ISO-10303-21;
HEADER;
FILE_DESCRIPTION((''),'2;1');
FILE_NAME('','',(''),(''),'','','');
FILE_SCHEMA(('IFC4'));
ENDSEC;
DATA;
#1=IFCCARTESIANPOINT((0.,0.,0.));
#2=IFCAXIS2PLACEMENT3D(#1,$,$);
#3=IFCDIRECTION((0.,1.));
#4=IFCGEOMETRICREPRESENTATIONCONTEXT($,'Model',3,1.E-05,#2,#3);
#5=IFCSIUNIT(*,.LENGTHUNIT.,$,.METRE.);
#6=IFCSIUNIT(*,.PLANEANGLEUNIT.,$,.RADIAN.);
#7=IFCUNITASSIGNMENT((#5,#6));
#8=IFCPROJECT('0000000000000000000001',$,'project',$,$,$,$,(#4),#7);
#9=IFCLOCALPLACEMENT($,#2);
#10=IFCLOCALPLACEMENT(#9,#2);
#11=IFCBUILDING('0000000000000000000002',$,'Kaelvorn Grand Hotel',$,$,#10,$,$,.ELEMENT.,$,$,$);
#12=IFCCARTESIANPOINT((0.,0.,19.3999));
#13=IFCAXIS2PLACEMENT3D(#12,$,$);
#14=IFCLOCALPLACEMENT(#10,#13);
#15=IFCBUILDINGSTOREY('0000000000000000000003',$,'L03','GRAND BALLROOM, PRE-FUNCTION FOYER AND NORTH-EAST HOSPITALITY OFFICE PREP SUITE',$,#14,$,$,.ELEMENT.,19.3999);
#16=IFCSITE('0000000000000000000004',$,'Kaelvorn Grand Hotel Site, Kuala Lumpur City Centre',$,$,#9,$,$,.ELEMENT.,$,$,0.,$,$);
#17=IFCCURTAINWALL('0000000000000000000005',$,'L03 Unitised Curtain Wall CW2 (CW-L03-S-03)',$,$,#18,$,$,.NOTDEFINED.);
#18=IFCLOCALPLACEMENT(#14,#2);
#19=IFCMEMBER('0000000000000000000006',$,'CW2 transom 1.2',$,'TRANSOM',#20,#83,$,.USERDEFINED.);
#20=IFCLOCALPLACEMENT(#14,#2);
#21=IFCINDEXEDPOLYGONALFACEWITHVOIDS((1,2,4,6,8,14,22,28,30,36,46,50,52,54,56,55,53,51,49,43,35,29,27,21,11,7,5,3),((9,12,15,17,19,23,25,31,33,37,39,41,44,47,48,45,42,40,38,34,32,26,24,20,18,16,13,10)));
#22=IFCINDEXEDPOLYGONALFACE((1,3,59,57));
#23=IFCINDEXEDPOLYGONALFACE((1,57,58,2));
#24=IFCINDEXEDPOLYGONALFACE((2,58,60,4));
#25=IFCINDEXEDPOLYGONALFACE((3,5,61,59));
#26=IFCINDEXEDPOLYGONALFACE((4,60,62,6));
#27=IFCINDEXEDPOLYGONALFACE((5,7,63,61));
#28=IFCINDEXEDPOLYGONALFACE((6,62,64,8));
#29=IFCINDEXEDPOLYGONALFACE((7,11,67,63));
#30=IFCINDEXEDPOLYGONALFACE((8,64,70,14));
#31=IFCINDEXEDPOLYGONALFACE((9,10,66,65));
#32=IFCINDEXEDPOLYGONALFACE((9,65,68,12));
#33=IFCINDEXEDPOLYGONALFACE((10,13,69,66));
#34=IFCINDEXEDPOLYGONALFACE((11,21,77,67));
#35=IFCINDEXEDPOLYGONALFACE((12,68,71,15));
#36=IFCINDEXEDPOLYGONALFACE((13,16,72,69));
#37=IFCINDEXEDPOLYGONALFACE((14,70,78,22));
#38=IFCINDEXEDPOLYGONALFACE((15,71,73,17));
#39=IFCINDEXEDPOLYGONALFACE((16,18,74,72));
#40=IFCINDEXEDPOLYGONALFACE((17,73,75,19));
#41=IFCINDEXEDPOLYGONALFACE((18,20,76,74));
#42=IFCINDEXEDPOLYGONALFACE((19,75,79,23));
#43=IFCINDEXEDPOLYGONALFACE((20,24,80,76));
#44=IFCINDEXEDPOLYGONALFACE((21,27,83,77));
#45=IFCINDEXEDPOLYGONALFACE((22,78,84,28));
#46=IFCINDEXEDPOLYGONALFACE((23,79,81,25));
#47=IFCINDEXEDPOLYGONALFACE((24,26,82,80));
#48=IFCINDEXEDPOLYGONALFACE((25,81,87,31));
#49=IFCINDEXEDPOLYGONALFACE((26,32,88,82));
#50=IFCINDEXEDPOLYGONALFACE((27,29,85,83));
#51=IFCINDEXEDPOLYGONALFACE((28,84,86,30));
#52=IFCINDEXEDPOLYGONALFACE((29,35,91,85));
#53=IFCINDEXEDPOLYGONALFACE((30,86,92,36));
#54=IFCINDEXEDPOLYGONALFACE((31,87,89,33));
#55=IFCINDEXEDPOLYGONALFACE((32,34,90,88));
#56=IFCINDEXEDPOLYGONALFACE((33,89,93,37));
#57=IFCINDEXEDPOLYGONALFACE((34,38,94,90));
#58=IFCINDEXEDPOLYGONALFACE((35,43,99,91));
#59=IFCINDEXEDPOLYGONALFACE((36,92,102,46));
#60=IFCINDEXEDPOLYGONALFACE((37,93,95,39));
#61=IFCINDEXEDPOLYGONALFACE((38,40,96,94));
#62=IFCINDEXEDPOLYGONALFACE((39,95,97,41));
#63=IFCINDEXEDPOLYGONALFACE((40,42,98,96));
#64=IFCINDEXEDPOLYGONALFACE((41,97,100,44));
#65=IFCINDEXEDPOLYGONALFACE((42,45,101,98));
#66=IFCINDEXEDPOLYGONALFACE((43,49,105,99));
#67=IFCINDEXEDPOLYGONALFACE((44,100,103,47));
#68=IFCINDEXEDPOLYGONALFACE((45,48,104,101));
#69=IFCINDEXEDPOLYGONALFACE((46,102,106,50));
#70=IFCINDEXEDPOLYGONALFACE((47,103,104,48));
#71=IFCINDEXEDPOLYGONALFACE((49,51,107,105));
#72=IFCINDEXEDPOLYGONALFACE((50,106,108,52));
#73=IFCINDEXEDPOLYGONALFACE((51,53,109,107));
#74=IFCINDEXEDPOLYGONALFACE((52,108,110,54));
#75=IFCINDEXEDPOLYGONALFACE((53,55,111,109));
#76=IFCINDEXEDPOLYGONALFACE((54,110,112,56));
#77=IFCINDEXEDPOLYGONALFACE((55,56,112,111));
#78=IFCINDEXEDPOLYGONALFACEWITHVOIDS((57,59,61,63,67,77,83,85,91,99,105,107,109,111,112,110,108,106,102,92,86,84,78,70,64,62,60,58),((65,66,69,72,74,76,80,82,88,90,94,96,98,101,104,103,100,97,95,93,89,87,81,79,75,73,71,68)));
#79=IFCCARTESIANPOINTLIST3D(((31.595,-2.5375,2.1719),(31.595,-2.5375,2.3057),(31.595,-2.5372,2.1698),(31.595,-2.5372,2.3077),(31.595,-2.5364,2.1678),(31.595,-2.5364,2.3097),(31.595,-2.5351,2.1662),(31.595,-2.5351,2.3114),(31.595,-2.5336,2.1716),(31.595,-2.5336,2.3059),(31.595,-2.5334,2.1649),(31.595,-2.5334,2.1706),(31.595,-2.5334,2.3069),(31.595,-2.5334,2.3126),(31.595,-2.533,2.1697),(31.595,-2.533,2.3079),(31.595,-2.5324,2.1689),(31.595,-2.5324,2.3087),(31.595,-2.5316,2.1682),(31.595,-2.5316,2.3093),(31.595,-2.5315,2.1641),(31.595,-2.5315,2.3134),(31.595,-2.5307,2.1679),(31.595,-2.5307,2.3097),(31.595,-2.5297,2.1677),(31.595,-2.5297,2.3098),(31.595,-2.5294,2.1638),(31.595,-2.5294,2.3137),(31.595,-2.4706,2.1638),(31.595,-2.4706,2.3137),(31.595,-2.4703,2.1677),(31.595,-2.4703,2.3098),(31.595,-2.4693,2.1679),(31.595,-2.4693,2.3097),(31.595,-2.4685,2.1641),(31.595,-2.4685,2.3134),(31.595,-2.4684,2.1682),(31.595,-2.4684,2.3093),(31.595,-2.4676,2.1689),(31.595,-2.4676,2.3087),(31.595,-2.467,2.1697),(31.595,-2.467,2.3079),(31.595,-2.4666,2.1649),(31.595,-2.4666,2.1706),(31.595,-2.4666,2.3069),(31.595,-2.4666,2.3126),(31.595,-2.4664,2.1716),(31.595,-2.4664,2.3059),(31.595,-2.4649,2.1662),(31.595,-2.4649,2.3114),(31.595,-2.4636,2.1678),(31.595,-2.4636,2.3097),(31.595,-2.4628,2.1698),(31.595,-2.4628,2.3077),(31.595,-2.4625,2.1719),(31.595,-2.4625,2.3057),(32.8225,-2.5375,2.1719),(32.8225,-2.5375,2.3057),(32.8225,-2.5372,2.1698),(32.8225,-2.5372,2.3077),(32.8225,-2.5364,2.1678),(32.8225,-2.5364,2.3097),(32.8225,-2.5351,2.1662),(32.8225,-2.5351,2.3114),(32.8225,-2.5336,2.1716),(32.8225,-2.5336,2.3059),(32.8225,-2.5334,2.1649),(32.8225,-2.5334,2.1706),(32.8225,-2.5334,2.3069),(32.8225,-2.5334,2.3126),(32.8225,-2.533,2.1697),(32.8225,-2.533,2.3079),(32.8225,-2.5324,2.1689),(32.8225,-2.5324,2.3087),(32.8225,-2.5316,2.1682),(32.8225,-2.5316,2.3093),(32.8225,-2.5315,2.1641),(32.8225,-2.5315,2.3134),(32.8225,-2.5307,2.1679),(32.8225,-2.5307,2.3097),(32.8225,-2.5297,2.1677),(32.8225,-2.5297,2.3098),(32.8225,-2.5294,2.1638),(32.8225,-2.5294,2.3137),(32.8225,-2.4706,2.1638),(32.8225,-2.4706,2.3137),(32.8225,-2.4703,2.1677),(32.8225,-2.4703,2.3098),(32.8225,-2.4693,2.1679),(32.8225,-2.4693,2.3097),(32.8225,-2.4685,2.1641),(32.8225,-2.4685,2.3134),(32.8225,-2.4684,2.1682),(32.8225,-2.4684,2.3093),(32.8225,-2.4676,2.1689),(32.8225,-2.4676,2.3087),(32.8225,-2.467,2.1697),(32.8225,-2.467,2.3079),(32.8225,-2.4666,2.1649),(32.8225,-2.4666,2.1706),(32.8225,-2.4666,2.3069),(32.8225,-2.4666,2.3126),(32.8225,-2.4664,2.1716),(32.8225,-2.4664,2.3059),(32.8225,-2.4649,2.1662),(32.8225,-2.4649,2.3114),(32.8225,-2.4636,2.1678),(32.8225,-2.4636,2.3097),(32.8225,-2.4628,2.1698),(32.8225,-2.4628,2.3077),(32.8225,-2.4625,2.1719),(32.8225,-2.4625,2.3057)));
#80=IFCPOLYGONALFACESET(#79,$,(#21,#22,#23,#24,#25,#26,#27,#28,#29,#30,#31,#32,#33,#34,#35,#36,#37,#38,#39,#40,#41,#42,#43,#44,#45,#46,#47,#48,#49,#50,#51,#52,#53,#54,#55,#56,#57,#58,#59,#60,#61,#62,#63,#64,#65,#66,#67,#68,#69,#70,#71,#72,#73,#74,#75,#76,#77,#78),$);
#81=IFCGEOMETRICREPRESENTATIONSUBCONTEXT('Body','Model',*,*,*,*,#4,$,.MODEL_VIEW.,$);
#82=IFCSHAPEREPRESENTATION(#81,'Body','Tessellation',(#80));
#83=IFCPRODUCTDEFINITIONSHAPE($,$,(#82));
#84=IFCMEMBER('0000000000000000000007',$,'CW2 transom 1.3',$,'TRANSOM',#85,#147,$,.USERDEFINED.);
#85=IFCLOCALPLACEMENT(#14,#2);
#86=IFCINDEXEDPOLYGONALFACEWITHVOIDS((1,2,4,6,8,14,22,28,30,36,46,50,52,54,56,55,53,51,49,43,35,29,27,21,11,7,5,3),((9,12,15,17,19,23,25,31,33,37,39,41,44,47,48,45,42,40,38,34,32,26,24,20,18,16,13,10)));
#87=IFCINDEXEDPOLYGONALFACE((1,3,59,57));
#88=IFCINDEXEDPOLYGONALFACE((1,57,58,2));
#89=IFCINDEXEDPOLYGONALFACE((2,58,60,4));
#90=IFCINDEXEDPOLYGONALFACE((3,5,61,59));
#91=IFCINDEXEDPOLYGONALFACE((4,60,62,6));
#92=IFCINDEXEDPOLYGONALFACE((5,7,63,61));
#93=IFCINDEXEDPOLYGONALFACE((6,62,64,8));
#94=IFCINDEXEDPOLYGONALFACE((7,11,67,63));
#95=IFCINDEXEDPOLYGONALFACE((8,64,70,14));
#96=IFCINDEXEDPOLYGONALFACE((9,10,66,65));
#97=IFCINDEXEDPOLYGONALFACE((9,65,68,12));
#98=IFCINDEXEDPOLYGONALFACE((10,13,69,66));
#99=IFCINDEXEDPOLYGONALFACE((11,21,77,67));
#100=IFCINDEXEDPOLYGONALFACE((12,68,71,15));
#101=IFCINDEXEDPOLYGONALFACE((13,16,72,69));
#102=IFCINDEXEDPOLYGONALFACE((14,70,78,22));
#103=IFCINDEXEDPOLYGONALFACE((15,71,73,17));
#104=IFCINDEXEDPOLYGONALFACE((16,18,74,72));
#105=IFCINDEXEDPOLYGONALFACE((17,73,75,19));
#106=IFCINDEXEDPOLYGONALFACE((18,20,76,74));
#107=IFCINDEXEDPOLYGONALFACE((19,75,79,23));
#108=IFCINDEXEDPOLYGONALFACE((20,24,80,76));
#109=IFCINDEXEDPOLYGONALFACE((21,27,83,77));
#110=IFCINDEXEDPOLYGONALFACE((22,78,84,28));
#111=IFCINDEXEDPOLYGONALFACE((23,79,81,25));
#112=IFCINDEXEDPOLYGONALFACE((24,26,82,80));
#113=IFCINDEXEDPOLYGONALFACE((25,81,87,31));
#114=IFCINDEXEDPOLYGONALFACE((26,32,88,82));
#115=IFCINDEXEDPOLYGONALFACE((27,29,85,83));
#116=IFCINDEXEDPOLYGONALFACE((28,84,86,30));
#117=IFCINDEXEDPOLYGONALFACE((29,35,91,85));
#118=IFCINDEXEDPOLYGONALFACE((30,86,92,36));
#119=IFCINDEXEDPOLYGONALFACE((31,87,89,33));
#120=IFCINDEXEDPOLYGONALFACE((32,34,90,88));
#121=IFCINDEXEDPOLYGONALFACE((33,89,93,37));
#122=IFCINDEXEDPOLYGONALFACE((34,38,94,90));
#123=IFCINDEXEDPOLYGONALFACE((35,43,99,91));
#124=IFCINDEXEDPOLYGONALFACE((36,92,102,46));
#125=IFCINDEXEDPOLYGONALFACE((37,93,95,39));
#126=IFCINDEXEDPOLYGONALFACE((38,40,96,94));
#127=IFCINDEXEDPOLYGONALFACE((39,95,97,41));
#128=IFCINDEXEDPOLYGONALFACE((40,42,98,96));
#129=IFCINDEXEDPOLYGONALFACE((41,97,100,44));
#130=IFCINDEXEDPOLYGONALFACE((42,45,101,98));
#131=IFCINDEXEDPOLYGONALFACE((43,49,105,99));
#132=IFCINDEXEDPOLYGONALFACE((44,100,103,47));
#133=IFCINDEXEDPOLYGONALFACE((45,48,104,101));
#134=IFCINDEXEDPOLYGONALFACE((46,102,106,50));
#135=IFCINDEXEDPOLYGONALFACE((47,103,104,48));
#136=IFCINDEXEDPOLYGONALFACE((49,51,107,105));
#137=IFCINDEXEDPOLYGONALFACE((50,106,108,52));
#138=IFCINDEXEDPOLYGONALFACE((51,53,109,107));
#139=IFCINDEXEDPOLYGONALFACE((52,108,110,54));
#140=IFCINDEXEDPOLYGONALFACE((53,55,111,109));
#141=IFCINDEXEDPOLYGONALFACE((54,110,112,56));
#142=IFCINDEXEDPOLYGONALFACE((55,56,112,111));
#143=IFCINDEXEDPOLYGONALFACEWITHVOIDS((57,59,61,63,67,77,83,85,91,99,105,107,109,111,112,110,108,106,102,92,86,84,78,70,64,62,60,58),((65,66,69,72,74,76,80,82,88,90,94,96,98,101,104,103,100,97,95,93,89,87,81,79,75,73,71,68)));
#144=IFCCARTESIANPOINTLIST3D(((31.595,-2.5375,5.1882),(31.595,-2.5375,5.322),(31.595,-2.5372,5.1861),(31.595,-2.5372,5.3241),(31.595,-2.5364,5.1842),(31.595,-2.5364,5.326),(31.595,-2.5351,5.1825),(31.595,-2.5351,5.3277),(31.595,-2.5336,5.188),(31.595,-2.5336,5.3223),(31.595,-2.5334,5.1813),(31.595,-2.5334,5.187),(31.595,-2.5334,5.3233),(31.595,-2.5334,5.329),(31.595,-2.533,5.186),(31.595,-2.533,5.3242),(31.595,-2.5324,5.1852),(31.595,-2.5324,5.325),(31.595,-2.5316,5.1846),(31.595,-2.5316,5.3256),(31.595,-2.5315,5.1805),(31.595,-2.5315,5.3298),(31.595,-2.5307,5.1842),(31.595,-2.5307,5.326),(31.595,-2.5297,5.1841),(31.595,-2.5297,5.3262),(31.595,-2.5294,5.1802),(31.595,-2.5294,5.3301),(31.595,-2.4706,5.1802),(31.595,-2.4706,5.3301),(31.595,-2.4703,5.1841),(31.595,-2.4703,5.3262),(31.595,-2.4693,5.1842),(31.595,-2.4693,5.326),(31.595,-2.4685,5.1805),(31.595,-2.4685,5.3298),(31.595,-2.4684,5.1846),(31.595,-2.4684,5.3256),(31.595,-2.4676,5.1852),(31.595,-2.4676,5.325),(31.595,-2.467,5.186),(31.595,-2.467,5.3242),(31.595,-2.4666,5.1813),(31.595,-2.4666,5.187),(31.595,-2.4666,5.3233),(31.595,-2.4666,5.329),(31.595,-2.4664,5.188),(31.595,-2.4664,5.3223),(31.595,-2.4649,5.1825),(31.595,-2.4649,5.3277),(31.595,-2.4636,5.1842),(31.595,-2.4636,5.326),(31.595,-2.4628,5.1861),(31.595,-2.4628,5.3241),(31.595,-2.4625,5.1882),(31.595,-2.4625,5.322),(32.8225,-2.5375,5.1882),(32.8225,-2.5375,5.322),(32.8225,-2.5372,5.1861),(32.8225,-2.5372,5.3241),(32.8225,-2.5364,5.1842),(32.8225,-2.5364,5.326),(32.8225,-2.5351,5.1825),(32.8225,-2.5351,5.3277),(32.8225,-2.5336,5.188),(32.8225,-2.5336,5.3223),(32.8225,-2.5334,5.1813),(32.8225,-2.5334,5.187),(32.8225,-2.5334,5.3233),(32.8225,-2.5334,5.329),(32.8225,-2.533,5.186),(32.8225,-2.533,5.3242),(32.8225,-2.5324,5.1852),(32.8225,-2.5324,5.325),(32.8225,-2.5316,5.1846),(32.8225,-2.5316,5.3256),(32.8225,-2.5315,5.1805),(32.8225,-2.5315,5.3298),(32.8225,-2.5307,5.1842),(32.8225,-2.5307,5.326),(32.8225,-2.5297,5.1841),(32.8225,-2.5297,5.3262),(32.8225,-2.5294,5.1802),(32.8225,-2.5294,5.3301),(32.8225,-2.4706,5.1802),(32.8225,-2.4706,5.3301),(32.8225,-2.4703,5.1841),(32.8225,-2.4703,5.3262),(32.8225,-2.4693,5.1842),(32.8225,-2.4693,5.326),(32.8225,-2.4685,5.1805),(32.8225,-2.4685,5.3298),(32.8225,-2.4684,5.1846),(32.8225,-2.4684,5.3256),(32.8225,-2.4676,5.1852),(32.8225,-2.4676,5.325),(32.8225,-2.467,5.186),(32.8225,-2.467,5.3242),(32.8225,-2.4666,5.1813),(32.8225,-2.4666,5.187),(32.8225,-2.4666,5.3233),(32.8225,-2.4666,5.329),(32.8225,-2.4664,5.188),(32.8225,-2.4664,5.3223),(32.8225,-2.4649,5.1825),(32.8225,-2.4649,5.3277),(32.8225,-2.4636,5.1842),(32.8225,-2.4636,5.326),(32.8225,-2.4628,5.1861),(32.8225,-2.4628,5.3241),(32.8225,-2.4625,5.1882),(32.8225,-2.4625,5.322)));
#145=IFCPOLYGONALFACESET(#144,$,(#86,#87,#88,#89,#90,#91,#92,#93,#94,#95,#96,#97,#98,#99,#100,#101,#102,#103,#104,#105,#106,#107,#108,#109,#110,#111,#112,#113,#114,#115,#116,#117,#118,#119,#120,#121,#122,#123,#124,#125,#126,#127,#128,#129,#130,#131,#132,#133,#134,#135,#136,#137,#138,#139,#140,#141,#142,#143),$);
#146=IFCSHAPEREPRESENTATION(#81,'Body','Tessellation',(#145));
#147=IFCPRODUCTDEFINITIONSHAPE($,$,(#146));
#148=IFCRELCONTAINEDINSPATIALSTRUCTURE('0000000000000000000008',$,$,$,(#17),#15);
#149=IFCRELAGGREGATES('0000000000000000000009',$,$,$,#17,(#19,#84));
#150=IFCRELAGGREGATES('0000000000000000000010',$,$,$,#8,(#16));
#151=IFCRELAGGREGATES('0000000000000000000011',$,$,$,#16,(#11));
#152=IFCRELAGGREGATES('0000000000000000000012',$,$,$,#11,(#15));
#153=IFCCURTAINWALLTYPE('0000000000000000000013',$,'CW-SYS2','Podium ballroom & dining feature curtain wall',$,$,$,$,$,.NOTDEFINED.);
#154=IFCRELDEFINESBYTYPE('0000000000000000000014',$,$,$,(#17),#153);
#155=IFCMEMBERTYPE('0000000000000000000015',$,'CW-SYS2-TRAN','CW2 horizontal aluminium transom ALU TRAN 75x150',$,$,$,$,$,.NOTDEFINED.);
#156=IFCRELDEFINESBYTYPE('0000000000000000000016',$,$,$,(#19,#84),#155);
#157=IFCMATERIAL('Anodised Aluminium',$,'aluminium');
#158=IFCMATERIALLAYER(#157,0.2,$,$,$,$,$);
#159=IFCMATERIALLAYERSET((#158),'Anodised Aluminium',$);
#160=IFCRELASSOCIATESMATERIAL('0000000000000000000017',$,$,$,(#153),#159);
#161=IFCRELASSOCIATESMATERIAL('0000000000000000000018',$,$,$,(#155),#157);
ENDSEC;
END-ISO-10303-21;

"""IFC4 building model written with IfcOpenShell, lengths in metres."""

from ifc_helpers import new_model, si_unit, direction, frame, origin, origin_2d, place, context, subcontext, project, spatial, hollow_rectangle, extrude, material, layer, layer_set, material_profile, profile_set, type_object, element, aggregate, save


model = new_model("IFC4")

# Units and contexts
model_context = context("Model", 3, precision=1e-05, world=origin(), true_north=direction((0.0, 1.0)))
body_context = subcontext(model_context, "Body", "Model", "MODEL_VIEW")
ifc_project = project(units=[si_unit("LENGTHUNIT", "METRE"), si_unit("PLANEANGLEUNIT", "RADIAN")], contexts=[model_context])

# Site, building, storey
site_placement = place(None, origin())
site = spatial("IfcSite", under=ifc_project, at=site_placement, Name="Kaelvorn Grand Hotel Site, Kuala Lumpur City Centre", CompositionType="ELEMENT", RefElevation=0.0)
building_placement = place(site_placement, origin())
building = spatial("IfcBuilding", under=site, at=building_placement, Name="Kaelvorn Grand Hotel", CompositionType="ELEMENT")
storey_placement = place(building_placement, frame((0.0, 0.0, 19.3999)))
storey = spatial("IfcBuildingStorey", under=building, at=storey_placement, Name="L03", Description="GRAND BALLROOM, PRE-FUNCTION FOYER AND NORTH-EAST HOSPITALITY OFFICE PREP SUITE", CompositionType="ELEMENT", Elevation=19.3999)

# Curtain wall
ifc_material_1 = material(Name="Anodised Aluminium", Category="aluminium")
ifc_layer_1 = layer(ifc_material_1, 0.2)
ifc_layer_set_1 = layer_set([ifc_layer_1], Name="Anodised Aluminium")
curtain_wall_type = type_object("IfcCurtainWallType", Name="CW-SYS2", Description="Podium ballroom & dining feature curtain wall", PredefinedType="NOTDEFINED", material=ifc_layer_set_1)
curtain_wall_1_placement = place(storey_placement, origin())
curtain_wall_1 = element("IfcCurtainWall", 1, at=curtain_wall_1_placement, inside=storey, type_object=curtain_wall_type, Name="L03 Unitised Curtain Wall CW2 (CW-L03-S-03)", PredefinedType="NOTDEFINED")

# Members
ifc_material_profile_1 = material_profile(ifc_material_1, hollow_rectangle(XDim=0.075, YDim=0.1499, WallThickness=0.0039, InnerFilletRadius=0.0039, OuterFilletRadius=0.0081, at=origin_2d()), Name="ALU TRAN 75x150")
ifc_profile_set_1 = profile_set([ifc_material_profile_1], Name="Anodised Aluminium")
member_type_1 = type_object("IfcMemberType", Name="CW-SYS2-TRAN", Description="CW2 horizontal aluminium transom ALU TRAN 75x150", PredefinedType="NOTDEFINED", material=ifc_profile_set_1)
member_1_placement = place(storey_placement, frame((31.595, -2.5, 2.2388), z_axis=(1.0, 0.0, 0.0), x_axis=(0.0, 1.0, 0.0)))
member_1 = element("IfcMember", 2, at=member_1_placement, type_object=member_type_1, Name="CW2 transom 1.2", ObjectType="TRANSOM", PredefinedType="USERDEFINED", context=body_context, shape_type="SweptSolid", body=[
    extrude(hollow_rectangle(XDim=0.075, YDim=0.1499, WallThickness=0.0039, InnerFilletRadius=0.0039, OuterFilletRadius=0.0081, at=origin_2d()), origin(), (0.0, 0.0, 1.0), 1.2275),
])
member_2_placement = place(storey_placement, frame((31.595, -2.5, 5.2551), z_axis=(1.0, 0.0, 0.0), x_axis=(0.0, 1.0, 0.0)))
member_2 = element("IfcMember", 3, at=member_2_placement, type_object=member_type_1, Name="CW2 transom 1.3", ObjectType="TRANSOM", PredefinedType="USERDEFINED", context=body_context, shape_type="SweptSolid", body=[
    extrude(hollow_rectangle(XDim=0.075, YDim=0.1499, WallThickness=0.0039, InnerFilletRadius=0.0039, OuterFilletRadius=0.0081, at=origin_2d()), origin(), (0.0, 0.0, 1.0), 1.2275),
])

aggregate(curtain_wall_1, [member_1, member_2])

save(model, "model.ifc")
